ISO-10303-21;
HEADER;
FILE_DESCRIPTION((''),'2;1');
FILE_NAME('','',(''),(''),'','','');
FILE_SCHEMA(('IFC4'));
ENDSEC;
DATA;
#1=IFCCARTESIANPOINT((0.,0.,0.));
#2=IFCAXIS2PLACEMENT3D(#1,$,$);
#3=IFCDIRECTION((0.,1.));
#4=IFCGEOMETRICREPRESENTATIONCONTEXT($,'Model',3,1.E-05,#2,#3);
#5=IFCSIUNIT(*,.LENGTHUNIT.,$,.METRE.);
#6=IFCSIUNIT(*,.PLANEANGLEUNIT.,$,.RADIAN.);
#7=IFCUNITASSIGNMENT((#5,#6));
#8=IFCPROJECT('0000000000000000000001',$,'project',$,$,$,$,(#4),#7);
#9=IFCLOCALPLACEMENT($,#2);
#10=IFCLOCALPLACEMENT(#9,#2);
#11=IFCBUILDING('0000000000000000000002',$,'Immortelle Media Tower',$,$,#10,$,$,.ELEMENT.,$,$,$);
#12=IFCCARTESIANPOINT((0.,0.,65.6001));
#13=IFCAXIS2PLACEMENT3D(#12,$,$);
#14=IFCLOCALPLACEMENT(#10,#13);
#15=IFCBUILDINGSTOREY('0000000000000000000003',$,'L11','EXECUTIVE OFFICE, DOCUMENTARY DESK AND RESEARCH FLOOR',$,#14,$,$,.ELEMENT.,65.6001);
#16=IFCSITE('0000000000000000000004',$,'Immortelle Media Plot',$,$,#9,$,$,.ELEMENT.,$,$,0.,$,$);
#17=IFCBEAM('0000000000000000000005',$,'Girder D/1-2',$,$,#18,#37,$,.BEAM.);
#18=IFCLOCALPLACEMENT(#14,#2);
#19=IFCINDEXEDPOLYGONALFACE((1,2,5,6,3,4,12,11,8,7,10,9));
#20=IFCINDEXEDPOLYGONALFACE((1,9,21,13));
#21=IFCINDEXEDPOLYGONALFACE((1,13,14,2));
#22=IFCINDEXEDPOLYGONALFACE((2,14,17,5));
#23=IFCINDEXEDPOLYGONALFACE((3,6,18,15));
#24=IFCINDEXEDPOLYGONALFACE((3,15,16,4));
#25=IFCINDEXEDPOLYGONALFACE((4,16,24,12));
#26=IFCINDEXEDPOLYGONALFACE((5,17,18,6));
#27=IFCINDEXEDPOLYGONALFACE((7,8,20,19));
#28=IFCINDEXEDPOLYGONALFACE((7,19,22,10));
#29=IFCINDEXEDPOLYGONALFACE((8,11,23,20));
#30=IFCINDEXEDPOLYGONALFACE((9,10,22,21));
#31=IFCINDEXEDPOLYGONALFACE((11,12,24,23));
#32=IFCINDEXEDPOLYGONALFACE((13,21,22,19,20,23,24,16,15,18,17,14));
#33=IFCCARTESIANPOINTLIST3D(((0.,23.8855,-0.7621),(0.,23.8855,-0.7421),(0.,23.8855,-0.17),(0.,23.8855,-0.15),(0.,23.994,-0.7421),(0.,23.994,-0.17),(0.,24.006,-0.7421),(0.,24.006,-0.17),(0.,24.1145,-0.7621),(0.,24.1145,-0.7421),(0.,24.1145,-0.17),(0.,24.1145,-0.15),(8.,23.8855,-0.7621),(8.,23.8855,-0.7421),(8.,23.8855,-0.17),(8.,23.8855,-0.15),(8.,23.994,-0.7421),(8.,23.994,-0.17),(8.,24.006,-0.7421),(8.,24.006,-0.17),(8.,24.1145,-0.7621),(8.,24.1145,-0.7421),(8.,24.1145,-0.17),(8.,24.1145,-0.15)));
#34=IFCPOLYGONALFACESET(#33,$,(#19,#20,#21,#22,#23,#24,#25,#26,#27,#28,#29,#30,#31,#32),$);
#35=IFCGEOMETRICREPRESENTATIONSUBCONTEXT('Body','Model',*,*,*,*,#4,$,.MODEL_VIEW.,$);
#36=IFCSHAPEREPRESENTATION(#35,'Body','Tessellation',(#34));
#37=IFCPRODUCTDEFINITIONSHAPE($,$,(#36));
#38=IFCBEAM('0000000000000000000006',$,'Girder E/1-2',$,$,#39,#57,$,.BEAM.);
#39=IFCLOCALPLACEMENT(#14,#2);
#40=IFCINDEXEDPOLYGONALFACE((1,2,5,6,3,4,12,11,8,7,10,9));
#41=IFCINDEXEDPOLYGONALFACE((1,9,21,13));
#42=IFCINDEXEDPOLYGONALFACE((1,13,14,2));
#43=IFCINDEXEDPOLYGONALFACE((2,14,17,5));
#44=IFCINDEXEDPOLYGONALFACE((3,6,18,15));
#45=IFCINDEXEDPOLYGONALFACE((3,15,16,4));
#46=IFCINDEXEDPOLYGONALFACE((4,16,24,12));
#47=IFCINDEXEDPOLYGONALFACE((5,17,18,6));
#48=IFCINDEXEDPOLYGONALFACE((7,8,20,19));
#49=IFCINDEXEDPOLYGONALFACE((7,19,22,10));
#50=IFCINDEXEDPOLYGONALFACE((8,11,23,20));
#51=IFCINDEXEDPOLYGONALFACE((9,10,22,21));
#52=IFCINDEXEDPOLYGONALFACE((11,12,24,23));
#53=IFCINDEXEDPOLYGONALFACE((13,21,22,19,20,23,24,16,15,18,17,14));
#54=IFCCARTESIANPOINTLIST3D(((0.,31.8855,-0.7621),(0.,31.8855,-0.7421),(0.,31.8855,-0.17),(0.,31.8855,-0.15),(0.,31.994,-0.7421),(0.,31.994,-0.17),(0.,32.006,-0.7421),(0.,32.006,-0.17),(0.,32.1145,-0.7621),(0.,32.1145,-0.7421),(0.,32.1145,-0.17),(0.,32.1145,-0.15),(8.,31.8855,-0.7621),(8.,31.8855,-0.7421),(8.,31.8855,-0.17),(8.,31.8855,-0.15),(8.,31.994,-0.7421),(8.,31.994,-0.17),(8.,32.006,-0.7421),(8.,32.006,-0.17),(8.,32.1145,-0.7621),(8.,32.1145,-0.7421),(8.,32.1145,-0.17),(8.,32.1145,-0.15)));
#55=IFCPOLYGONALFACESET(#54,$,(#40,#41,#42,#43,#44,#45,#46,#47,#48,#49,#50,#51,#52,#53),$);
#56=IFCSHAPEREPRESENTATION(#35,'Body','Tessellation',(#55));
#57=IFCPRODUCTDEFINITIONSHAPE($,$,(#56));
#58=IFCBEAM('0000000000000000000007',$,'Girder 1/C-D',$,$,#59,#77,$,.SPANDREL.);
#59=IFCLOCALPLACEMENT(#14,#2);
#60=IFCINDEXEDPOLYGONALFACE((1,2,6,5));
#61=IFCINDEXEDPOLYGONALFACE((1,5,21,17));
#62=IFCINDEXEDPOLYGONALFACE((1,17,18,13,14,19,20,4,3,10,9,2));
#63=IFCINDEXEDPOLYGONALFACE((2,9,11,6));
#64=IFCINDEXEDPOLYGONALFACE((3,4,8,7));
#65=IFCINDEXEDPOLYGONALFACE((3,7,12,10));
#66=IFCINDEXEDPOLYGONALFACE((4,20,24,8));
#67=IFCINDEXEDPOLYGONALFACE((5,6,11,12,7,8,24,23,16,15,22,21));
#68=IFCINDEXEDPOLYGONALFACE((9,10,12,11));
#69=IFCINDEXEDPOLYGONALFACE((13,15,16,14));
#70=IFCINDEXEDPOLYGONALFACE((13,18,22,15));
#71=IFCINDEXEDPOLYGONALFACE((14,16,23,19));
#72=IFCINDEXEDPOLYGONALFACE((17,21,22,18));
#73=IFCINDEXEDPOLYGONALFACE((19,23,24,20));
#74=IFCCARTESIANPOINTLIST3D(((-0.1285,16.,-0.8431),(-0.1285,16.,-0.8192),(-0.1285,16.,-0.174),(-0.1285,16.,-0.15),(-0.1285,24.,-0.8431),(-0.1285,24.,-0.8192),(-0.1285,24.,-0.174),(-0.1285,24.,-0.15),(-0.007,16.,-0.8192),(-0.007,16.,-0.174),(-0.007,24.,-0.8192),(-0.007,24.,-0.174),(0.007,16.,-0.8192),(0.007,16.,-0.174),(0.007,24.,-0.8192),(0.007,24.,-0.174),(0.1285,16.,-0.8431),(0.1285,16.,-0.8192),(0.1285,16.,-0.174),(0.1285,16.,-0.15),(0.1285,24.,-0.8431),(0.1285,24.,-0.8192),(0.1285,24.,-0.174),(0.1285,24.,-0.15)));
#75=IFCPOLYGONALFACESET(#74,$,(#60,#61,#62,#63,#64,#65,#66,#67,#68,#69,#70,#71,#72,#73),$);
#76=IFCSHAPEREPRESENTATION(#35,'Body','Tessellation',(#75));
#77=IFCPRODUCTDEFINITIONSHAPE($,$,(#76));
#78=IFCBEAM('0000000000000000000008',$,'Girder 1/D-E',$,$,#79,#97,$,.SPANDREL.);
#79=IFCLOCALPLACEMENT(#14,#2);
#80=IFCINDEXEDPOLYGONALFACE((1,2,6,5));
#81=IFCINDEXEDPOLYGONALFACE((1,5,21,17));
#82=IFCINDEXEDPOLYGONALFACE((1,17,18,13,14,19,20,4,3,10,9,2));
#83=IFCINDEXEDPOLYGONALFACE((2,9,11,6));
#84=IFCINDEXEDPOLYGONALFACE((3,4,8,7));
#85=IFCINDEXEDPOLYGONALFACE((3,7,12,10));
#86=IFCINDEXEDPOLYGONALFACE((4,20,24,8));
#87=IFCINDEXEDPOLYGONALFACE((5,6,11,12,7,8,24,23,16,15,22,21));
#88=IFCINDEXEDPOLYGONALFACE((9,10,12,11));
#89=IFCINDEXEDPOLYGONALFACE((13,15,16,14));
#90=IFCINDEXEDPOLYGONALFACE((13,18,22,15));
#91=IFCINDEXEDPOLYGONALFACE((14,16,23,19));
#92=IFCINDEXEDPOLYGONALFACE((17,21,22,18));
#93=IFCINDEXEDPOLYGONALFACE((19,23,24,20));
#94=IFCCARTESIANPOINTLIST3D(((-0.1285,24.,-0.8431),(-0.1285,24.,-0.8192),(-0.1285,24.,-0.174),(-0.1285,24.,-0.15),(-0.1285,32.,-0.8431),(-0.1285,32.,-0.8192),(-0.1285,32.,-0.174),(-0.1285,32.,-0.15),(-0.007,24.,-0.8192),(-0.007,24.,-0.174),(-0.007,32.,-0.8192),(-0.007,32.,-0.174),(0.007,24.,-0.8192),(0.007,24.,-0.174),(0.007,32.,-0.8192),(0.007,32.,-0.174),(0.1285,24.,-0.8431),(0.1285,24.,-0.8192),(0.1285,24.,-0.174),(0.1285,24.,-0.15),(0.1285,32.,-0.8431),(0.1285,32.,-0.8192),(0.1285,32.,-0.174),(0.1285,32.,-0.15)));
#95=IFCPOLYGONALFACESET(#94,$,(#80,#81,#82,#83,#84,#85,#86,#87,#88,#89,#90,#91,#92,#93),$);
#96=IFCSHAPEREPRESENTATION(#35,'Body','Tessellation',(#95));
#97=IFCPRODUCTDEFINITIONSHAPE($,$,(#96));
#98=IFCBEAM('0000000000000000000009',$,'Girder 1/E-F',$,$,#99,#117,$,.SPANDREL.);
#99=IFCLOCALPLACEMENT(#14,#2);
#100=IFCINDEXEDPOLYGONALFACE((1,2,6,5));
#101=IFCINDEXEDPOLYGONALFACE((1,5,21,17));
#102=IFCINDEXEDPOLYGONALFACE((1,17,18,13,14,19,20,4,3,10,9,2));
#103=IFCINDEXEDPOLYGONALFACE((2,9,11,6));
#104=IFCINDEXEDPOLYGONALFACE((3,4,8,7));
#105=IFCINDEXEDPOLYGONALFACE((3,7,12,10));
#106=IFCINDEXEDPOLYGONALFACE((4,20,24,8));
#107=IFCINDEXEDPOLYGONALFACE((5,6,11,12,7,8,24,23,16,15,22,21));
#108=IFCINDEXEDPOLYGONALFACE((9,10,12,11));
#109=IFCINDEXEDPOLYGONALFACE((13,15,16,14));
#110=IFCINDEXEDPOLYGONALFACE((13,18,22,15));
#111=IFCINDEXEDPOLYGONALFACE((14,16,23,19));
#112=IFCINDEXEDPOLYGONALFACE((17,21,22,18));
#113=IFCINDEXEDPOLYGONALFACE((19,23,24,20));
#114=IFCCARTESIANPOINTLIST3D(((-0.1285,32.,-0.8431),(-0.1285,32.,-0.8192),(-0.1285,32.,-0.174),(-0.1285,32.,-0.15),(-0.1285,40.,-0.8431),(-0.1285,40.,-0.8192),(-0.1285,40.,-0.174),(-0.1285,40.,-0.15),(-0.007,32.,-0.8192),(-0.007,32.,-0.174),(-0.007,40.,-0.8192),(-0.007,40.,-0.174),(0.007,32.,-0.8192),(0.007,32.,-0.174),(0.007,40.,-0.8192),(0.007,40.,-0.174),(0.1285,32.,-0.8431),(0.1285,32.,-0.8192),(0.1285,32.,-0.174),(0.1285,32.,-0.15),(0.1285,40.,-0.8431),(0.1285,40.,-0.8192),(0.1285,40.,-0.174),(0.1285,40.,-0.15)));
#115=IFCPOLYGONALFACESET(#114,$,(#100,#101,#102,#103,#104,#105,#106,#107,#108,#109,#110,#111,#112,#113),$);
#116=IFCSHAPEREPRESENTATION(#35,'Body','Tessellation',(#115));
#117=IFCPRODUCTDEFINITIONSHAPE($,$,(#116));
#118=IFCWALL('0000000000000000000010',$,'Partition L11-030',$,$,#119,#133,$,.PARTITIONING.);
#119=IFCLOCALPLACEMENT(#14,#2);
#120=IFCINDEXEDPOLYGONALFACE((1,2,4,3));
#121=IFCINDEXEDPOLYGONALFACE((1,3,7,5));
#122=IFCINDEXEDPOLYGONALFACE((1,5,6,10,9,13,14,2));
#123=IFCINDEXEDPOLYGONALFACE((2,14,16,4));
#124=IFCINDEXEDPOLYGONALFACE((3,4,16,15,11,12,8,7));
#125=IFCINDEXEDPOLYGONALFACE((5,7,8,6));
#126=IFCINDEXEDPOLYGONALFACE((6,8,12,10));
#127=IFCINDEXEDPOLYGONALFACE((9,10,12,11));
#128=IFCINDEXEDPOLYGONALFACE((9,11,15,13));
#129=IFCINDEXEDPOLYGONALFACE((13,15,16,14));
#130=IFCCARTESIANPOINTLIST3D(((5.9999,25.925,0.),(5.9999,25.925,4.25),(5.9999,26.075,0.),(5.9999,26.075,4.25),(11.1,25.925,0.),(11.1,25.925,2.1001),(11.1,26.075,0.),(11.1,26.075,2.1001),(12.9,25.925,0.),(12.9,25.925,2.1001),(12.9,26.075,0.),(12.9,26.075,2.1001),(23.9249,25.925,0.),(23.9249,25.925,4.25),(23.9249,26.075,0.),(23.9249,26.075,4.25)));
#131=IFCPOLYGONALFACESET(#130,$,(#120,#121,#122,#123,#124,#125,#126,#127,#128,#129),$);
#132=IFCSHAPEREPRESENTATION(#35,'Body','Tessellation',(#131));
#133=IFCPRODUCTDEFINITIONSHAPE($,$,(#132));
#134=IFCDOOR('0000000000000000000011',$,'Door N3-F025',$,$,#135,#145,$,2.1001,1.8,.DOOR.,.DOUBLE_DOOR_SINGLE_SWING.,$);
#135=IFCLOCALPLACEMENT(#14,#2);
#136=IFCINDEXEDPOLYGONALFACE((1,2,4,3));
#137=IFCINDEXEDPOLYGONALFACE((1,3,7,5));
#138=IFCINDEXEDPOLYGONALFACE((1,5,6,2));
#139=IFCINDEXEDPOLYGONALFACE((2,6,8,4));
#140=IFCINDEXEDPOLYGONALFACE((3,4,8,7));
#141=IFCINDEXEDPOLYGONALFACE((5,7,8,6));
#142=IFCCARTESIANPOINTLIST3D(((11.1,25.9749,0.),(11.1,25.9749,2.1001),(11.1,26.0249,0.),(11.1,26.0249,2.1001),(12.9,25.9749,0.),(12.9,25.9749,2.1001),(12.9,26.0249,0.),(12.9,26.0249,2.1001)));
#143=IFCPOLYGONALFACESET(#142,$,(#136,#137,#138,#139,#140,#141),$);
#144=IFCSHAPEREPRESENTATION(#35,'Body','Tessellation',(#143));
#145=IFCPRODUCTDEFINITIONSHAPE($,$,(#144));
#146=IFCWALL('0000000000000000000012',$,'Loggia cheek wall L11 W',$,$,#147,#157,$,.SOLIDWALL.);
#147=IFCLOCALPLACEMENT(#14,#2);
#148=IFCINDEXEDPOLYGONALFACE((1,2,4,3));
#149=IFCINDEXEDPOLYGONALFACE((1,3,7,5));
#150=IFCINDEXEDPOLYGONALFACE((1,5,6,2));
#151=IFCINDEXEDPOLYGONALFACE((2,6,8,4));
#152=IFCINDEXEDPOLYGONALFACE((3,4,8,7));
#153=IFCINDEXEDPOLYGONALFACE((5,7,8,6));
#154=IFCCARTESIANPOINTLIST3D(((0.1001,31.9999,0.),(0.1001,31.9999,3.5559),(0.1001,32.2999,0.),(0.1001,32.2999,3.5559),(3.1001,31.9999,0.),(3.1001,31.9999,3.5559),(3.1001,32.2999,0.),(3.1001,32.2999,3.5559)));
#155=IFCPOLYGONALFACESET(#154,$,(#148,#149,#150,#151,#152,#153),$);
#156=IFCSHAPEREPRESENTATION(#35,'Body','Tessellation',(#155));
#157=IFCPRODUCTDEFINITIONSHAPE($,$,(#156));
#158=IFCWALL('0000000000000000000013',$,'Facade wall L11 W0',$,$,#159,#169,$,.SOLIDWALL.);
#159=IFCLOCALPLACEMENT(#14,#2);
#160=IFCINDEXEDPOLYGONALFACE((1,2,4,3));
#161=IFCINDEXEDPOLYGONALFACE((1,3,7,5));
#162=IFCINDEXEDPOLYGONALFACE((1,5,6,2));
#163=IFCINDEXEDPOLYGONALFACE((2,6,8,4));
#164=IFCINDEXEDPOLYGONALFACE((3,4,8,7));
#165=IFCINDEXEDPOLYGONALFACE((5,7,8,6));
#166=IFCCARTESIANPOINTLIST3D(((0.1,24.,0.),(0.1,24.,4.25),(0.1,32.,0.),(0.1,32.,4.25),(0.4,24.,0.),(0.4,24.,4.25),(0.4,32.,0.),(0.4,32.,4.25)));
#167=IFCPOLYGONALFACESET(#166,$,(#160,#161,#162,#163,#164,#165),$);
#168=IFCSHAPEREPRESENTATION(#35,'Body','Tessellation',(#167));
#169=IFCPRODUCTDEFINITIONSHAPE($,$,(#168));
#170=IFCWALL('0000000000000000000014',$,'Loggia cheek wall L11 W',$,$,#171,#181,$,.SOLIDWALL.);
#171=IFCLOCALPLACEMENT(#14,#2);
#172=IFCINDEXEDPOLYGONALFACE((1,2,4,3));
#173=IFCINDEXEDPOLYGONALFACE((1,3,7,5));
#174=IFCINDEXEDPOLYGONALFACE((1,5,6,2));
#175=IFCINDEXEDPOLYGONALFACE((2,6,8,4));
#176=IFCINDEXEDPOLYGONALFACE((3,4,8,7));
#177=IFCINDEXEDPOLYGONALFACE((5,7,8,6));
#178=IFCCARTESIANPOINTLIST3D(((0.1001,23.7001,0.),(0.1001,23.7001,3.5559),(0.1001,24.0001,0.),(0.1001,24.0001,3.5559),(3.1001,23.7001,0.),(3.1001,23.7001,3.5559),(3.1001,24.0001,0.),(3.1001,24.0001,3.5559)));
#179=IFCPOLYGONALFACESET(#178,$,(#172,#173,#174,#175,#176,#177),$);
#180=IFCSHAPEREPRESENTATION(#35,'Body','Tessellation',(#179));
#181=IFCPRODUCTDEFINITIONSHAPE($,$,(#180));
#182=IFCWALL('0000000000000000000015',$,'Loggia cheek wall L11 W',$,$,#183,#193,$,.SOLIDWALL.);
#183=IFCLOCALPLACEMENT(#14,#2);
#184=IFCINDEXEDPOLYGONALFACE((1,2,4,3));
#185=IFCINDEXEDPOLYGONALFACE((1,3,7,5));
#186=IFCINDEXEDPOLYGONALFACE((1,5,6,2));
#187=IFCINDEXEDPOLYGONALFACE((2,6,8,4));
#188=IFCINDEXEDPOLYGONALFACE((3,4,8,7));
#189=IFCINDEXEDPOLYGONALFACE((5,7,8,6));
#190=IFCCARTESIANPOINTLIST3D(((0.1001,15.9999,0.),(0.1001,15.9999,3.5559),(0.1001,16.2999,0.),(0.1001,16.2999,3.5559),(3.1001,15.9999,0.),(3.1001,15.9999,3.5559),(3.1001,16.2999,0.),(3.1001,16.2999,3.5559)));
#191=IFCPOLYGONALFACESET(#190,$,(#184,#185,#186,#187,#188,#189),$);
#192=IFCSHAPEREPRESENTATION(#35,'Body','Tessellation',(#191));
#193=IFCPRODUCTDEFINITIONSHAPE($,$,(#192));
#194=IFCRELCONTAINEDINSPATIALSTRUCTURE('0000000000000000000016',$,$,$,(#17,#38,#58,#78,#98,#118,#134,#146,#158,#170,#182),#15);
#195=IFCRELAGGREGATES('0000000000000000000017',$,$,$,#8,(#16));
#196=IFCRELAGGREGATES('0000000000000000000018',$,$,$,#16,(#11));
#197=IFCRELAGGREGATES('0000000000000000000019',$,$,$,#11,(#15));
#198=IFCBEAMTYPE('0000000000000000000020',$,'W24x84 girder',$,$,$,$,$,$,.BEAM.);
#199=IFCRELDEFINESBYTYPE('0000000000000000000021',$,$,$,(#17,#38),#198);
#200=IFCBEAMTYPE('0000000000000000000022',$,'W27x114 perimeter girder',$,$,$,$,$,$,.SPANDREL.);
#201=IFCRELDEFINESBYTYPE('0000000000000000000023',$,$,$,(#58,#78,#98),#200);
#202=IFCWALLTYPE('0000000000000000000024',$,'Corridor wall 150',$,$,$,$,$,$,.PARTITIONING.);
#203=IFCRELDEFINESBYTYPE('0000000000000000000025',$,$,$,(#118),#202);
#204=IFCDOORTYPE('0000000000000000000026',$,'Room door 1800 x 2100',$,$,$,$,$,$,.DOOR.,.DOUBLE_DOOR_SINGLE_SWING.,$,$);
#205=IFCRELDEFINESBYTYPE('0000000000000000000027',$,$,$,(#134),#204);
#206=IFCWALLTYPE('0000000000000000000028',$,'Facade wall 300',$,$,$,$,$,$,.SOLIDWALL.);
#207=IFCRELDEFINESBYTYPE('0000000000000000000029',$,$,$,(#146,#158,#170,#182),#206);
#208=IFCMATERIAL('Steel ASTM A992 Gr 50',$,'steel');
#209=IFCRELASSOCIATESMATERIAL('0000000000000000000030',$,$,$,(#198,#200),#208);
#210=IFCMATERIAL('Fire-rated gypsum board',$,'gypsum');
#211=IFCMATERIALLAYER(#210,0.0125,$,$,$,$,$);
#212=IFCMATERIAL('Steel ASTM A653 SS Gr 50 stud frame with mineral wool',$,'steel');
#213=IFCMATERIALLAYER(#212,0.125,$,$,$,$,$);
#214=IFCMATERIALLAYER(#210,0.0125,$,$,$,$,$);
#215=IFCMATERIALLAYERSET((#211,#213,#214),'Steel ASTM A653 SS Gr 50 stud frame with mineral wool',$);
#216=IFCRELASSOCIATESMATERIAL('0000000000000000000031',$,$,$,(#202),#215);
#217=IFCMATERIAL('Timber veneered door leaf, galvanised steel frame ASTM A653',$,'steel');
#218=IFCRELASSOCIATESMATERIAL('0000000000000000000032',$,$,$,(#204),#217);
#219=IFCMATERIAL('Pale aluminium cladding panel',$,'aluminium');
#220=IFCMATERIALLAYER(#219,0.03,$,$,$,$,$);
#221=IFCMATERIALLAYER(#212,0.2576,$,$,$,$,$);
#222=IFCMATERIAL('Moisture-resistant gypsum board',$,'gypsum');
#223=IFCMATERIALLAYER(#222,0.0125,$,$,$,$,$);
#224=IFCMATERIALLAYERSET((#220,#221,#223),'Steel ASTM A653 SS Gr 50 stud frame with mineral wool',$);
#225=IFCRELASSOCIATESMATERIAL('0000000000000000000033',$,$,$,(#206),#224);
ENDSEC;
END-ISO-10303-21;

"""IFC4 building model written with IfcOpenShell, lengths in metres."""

from ifc_helpers import new_model, si_unit, direction, frame, frame_2d, origin, origin_2d, place, context, subcontext, project, spatial, rectangle, i_section, extrude, material, layer, layer_set, material_profile, profile_set, type_object, element, fill, save


model = new_model("IFC4")

# Units and contexts
model_context = context("Model", 3, precision=1e-05, world=origin(), true_north=direction((0.0, 1.0)))
body_context = subcontext(model_context, "Body", "Model", "MODEL_VIEW")
ifc_project = project(units=[si_unit("LENGTHUNIT", "METRE"), si_unit("PLANEANGLEUNIT", "RADIAN")], contexts=[model_context])

# Site, building, storey
site_placement = place(None, origin())
site = spatial("IfcSite", under=ifc_project, at=site_placement, Name="Immortelle Media Plot", CompositionType="ELEMENT", RefElevation=0.0)
building_placement = place(site_placement, origin())
building = spatial("IfcBuilding", under=site, at=building_placement, Name="Immortelle Media Tower", CompositionType="ELEMENT")
storey_placement = place(building_placement, frame((0.0, 0.0, 65.6001)))
storey = spatial("IfcBuildingStorey", under=building, at=storey_placement, Name="L11", Description="EXECUTIVE OFFICE, DOCUMENTARY DESK AND RESEARCH FLOOR", CompositionType="ELEMENT", Elevation=65.6001)

# Shared definitions
ifc_material_1 = material(Name="Steel ASTM A992 Gr 50", Category="steel")

# Beams
ifc_material_profile_1 = material_profile(ifc_material_1, i_section(OverallWidth=0.229, OverallDepth=0.6121, WebThickness=0.012, FlangeThickness=0.02, at=origin_2d()), Name="W24x84")
ifc_profile_set_1 = profile_set([ifc_material_profile_1], Name="Steel ASTM A992 Gr 50")
beam_type_1 = type_object("IfcBeamType", Name="W24x84 girder", PredefinedType="BEAM", material=ifc_profile_set_1)
for number, where, z_axis, x_axis, name in (
    (1, (0.0, 24.0, -0.4561), (1.0, 0.0, 0.0), (0.0, 1.0, 0.0), "Girder D/1-2"),
    (2, (0.0, 32.0, -0.4561), (1.0, 0.0, 0.0), (0.0, 1.0, 0.0), "Girder E/1-2"),
):
    element("IfcBeam", number, at=place(storey_placement, frame(where, z_axis=z_axis, x_axis=x_axis)), inside=storey, type_object=beam_type_1, Name=name, PredefinedType="BEAM", context=body_context, shape_type="SweptSolid", body=[
        extrude(i_section(OverallWidth=0.229, OverallDepth=0.6121, WebThickness=0.012, FlangeThickness=0.02, at=origin_2d()), origin(), (0.0, 0.0, 1.0), 8.0),
    ])
ifc_material_profile_2 = material_profile(ifc_material_1, i_section(OverallWidth=0.2571, OverallDepth=0.6931, WebThickness=0.0139, FlangeThickness=0.0239, at=origin_2d()), Name="W27x114")
ifc_profile_set_2 = profile_set([ifc_material_profile_2], Name="Steel ASTM A992 Gr 50")
beam_type_2 = type_object("IfcBeamType", Name="W27x114 perimeter girder", PredefinedType="SPANDREL", material=ifc_profile_set_2)
for number, where, z_axis, x_axis, name in (
    (3, (0.0, 16.0, -0.4966), (0.0, 1.0, 0.0), (-1.0, 0.0, 0.0), "Girder 1/C-D"),
    (4, (0.0, 24.0, -0.4966), (0.0, 1.0, 0.0), (-1.0, 0.0, 0.0), "Girder 1/D-E"),
    (5, (0.0, 32.0, -0.4966), (0.0, 1.0, 0.0), (-1.0, 0.0, 0.0), "Girder 1/E-F"),
):
    element("IfcBeam", number, at=place(storey_placement, frame(where, z_axis=z_axis, x_axis=x_axis)), inside=storey, type_object=beam_type_2, Name=name, PredefinedType="SPANDREL", context=body_context, shape_type="SweptSolid", body=[
        extrude(i_section(OverallWidth=0.2571, OverallDepth=0.6931, WebThickness=0.0139, FlangeThickness=0.0239, at=origin_2d()), origin(), (0.0, 0.0, 1.0), 8.0),
    ])

# Wall, opening, door
ifc_material_2 = material(Name="Fire-rated gypsum board", Category="gypsum")
ifc_layer_1 = layer(ifc_material_2, 0.0125)
ifc_material_3 = material(Name="Steel ASTM A653 SS Gr 50 stud frame with mineral wool", Category="steel")
ifc_layer_2 = layer(ifc_material_3, 0.125)
ifc_layer_3 = layer(ifc_material_2, 0.0125)
ifc_layer_set_1 = layer_set([ifc_layer_1, ifc_layer_2, ifc_layer_3], Name="Steel ASTM A653 SS Gr 50 stud frame with mineral wool")
wall_type_1 = type_object("IfcWallType", Name="Corridor wall 150", PredefinedType="PARTITIONING", material=ifc_layer_set_1)
wall_1_placement = place(storey_placement, frame((6.0, 26.0, 0.0), z_axis=(0.0, 0.0, 1.0), x_axis=(1.0, 0.0, 0.0)))
wall_1 = element("IfcWall", 6, at=wall_1_placement, inside=storey, type_object=wall_type_1, Name="Partition L11-030", PredefinedType="PARTITIONING", context=body_context, shape_type="SweptSolid", body=[
    extrude(rectangle(XDim=17.925, YDim=0.1499, at=frame_2d((8.9624, 0.0))), origin(), (0.0, 0.0, 1.0), 4.25),
])
opening_1_placement = place(wall_1_placement, frame((5.1001, 0.0, 0.0)))
opening_1 = element("IfcOpeningElement", 7, at=opening_1_placement, cuts=wall_1, PredefinedType="OPENING", context=body_context, shape_type="SweptSolid", body=[
    extrude(rectangle(XDim=1.8, YDim=2.1001, at=frame_2d((0.8999, 1.05))), frame((0.0, 0.085, 0.0), z_axis=(0.0, -1.0, 0.0), x_axis=(1.0, 0.0, 0.0)), (0.0, 0.0, 1.0), 0.1699),
])
ifc_material_4 = material(Name="Timber veneered door leaf, galvanised steel frame ASTM A653", Category="steel")
door_type_1 = type_object("IfcDoorType", Name="Room door 1800 x 2100", OperationType="DOUBLE_DOOR_SINGLE_SWING", PredefinedType="DOOR", material=ifc_material_4)
door_1_placement = place(opening_1_placement, origin())
door_1 = element("IfcDoor", 8, at=door_1_placement, inside=storey, type_object=door_type_1, Name="Door N3-F025", OperationType="DOUBLE_DOOR_SINGLE_SWING", OverallHeight=2.1001, OverallWidth=1.8, PredefinedType="DOOR", context=body_context, shape_type="SweptSolid", body=[
    extrude(rectangle(XDim=1.8, YDim=2.1001, at=frame_2d((0.8999, 1.05))), frame((0.0, 0.0249, 0.0), z_axis=(0.0, -1.0, 0.0), x_axis=(1.0, 0.0, 0.0)), (0.0, 0.0, 1.0), 0.05),
])
fill(opening_1, door_1)

# Walls
ifc_material_5 = material(Name="Pale aluminium cladding panel", Category="aluminium")
ifc_layer_4 = layer(ifc_material_5, 0.03)
ifc_layer_5 = layer(ifc_material_3, 0.2576)
ifc_material_6 = material(Name="Moisture-resistant gypsum board", Category="gypsum")
ifc_layer_6 = layer(ifc_material_6, 0.0125)
ifc_layer_set_2 = layer_set([ifc_layer_4, ifc_layer_5, ifc_layer_6], Name="Steel ASTM A653 SS Gr 50 stud frame with mineral wool")
wall_type_2 = type_object("IfcWallType", Name="Facade wall 300", PredefinedType="SOLIDWALL", material=ifc_layer_set_2)
wall_2_placement = place(storey_placement, frame((0.1001, 32.1499, 0.0), z_axis=(0.0, 0.0, 1.0), x_axis=(1.0, 0.0, 0.0)))
element("IfcWall", 9, at=wall_2_placement, inside=storey, type_object=wall_type_2, Name="Loggia cheek wall L11 W", PredefinedType="SOLIDWALL", context=body_context, shape_type="SweptSolid", body=[
    extrude(rectangle(XDim=3.0, YDim=0.3, at=frame_2d((1.5, 0.0))), origin(), (0.0, 0.0, 1.0), 3.5559),
])
wall_3_placement = place(storey_placement, frame((0.25, 32.0, 0.0), z_axis=(0.0, 0.0, 1.0), x_axis=(0.0, -1.0, 0.0)))
element("IfcWall", 10, at=wall_3_placement, inside=storey, type_object=wall_type_2, Name="Facade wall L11 W0", PredefinedType="SOLIDWALL", context=body_context, shape_type="SweptSolid", body=[
    extrude(rectangle(XDim=8.0, YDim=0.3, at=frame_2d((4.0, 0.0))), origin(), (0.0, 0.0, 1.0), 4.25),
])

# Walls
for number, where, z_axis, x_axis, name in (
    (11, (0.1001, 23.8501, 0.0), (0.0, 0.0, 1.0), (1.0, 0.0, 0.0), "Loggia cheek wall L11 W"),
    (12, (0.1001, 16.1499, 0.0), (0.0, 0.0, 1.0), (1.0, 0.0, 0.0), "Loggia cheek wall L11 W"),
):
    element("IfcWall", number, at=place(storey_placement, frame(where, z_axis=z_axis, x_axis=x_axis)), inside=storey, type_object=wall_type_2, Name=name, PredefinedType="SOLIDWALL", context=body_context, shape_type="SweptSolid", body=[
        extrude(rectangle(XDim=3.0, YDim=0.3, at=frame_2d((1.5, 0.0))), origin(), (0.0, 0.0, 1.0), 3.5559),
    ])

save(model, "model.ifc")
